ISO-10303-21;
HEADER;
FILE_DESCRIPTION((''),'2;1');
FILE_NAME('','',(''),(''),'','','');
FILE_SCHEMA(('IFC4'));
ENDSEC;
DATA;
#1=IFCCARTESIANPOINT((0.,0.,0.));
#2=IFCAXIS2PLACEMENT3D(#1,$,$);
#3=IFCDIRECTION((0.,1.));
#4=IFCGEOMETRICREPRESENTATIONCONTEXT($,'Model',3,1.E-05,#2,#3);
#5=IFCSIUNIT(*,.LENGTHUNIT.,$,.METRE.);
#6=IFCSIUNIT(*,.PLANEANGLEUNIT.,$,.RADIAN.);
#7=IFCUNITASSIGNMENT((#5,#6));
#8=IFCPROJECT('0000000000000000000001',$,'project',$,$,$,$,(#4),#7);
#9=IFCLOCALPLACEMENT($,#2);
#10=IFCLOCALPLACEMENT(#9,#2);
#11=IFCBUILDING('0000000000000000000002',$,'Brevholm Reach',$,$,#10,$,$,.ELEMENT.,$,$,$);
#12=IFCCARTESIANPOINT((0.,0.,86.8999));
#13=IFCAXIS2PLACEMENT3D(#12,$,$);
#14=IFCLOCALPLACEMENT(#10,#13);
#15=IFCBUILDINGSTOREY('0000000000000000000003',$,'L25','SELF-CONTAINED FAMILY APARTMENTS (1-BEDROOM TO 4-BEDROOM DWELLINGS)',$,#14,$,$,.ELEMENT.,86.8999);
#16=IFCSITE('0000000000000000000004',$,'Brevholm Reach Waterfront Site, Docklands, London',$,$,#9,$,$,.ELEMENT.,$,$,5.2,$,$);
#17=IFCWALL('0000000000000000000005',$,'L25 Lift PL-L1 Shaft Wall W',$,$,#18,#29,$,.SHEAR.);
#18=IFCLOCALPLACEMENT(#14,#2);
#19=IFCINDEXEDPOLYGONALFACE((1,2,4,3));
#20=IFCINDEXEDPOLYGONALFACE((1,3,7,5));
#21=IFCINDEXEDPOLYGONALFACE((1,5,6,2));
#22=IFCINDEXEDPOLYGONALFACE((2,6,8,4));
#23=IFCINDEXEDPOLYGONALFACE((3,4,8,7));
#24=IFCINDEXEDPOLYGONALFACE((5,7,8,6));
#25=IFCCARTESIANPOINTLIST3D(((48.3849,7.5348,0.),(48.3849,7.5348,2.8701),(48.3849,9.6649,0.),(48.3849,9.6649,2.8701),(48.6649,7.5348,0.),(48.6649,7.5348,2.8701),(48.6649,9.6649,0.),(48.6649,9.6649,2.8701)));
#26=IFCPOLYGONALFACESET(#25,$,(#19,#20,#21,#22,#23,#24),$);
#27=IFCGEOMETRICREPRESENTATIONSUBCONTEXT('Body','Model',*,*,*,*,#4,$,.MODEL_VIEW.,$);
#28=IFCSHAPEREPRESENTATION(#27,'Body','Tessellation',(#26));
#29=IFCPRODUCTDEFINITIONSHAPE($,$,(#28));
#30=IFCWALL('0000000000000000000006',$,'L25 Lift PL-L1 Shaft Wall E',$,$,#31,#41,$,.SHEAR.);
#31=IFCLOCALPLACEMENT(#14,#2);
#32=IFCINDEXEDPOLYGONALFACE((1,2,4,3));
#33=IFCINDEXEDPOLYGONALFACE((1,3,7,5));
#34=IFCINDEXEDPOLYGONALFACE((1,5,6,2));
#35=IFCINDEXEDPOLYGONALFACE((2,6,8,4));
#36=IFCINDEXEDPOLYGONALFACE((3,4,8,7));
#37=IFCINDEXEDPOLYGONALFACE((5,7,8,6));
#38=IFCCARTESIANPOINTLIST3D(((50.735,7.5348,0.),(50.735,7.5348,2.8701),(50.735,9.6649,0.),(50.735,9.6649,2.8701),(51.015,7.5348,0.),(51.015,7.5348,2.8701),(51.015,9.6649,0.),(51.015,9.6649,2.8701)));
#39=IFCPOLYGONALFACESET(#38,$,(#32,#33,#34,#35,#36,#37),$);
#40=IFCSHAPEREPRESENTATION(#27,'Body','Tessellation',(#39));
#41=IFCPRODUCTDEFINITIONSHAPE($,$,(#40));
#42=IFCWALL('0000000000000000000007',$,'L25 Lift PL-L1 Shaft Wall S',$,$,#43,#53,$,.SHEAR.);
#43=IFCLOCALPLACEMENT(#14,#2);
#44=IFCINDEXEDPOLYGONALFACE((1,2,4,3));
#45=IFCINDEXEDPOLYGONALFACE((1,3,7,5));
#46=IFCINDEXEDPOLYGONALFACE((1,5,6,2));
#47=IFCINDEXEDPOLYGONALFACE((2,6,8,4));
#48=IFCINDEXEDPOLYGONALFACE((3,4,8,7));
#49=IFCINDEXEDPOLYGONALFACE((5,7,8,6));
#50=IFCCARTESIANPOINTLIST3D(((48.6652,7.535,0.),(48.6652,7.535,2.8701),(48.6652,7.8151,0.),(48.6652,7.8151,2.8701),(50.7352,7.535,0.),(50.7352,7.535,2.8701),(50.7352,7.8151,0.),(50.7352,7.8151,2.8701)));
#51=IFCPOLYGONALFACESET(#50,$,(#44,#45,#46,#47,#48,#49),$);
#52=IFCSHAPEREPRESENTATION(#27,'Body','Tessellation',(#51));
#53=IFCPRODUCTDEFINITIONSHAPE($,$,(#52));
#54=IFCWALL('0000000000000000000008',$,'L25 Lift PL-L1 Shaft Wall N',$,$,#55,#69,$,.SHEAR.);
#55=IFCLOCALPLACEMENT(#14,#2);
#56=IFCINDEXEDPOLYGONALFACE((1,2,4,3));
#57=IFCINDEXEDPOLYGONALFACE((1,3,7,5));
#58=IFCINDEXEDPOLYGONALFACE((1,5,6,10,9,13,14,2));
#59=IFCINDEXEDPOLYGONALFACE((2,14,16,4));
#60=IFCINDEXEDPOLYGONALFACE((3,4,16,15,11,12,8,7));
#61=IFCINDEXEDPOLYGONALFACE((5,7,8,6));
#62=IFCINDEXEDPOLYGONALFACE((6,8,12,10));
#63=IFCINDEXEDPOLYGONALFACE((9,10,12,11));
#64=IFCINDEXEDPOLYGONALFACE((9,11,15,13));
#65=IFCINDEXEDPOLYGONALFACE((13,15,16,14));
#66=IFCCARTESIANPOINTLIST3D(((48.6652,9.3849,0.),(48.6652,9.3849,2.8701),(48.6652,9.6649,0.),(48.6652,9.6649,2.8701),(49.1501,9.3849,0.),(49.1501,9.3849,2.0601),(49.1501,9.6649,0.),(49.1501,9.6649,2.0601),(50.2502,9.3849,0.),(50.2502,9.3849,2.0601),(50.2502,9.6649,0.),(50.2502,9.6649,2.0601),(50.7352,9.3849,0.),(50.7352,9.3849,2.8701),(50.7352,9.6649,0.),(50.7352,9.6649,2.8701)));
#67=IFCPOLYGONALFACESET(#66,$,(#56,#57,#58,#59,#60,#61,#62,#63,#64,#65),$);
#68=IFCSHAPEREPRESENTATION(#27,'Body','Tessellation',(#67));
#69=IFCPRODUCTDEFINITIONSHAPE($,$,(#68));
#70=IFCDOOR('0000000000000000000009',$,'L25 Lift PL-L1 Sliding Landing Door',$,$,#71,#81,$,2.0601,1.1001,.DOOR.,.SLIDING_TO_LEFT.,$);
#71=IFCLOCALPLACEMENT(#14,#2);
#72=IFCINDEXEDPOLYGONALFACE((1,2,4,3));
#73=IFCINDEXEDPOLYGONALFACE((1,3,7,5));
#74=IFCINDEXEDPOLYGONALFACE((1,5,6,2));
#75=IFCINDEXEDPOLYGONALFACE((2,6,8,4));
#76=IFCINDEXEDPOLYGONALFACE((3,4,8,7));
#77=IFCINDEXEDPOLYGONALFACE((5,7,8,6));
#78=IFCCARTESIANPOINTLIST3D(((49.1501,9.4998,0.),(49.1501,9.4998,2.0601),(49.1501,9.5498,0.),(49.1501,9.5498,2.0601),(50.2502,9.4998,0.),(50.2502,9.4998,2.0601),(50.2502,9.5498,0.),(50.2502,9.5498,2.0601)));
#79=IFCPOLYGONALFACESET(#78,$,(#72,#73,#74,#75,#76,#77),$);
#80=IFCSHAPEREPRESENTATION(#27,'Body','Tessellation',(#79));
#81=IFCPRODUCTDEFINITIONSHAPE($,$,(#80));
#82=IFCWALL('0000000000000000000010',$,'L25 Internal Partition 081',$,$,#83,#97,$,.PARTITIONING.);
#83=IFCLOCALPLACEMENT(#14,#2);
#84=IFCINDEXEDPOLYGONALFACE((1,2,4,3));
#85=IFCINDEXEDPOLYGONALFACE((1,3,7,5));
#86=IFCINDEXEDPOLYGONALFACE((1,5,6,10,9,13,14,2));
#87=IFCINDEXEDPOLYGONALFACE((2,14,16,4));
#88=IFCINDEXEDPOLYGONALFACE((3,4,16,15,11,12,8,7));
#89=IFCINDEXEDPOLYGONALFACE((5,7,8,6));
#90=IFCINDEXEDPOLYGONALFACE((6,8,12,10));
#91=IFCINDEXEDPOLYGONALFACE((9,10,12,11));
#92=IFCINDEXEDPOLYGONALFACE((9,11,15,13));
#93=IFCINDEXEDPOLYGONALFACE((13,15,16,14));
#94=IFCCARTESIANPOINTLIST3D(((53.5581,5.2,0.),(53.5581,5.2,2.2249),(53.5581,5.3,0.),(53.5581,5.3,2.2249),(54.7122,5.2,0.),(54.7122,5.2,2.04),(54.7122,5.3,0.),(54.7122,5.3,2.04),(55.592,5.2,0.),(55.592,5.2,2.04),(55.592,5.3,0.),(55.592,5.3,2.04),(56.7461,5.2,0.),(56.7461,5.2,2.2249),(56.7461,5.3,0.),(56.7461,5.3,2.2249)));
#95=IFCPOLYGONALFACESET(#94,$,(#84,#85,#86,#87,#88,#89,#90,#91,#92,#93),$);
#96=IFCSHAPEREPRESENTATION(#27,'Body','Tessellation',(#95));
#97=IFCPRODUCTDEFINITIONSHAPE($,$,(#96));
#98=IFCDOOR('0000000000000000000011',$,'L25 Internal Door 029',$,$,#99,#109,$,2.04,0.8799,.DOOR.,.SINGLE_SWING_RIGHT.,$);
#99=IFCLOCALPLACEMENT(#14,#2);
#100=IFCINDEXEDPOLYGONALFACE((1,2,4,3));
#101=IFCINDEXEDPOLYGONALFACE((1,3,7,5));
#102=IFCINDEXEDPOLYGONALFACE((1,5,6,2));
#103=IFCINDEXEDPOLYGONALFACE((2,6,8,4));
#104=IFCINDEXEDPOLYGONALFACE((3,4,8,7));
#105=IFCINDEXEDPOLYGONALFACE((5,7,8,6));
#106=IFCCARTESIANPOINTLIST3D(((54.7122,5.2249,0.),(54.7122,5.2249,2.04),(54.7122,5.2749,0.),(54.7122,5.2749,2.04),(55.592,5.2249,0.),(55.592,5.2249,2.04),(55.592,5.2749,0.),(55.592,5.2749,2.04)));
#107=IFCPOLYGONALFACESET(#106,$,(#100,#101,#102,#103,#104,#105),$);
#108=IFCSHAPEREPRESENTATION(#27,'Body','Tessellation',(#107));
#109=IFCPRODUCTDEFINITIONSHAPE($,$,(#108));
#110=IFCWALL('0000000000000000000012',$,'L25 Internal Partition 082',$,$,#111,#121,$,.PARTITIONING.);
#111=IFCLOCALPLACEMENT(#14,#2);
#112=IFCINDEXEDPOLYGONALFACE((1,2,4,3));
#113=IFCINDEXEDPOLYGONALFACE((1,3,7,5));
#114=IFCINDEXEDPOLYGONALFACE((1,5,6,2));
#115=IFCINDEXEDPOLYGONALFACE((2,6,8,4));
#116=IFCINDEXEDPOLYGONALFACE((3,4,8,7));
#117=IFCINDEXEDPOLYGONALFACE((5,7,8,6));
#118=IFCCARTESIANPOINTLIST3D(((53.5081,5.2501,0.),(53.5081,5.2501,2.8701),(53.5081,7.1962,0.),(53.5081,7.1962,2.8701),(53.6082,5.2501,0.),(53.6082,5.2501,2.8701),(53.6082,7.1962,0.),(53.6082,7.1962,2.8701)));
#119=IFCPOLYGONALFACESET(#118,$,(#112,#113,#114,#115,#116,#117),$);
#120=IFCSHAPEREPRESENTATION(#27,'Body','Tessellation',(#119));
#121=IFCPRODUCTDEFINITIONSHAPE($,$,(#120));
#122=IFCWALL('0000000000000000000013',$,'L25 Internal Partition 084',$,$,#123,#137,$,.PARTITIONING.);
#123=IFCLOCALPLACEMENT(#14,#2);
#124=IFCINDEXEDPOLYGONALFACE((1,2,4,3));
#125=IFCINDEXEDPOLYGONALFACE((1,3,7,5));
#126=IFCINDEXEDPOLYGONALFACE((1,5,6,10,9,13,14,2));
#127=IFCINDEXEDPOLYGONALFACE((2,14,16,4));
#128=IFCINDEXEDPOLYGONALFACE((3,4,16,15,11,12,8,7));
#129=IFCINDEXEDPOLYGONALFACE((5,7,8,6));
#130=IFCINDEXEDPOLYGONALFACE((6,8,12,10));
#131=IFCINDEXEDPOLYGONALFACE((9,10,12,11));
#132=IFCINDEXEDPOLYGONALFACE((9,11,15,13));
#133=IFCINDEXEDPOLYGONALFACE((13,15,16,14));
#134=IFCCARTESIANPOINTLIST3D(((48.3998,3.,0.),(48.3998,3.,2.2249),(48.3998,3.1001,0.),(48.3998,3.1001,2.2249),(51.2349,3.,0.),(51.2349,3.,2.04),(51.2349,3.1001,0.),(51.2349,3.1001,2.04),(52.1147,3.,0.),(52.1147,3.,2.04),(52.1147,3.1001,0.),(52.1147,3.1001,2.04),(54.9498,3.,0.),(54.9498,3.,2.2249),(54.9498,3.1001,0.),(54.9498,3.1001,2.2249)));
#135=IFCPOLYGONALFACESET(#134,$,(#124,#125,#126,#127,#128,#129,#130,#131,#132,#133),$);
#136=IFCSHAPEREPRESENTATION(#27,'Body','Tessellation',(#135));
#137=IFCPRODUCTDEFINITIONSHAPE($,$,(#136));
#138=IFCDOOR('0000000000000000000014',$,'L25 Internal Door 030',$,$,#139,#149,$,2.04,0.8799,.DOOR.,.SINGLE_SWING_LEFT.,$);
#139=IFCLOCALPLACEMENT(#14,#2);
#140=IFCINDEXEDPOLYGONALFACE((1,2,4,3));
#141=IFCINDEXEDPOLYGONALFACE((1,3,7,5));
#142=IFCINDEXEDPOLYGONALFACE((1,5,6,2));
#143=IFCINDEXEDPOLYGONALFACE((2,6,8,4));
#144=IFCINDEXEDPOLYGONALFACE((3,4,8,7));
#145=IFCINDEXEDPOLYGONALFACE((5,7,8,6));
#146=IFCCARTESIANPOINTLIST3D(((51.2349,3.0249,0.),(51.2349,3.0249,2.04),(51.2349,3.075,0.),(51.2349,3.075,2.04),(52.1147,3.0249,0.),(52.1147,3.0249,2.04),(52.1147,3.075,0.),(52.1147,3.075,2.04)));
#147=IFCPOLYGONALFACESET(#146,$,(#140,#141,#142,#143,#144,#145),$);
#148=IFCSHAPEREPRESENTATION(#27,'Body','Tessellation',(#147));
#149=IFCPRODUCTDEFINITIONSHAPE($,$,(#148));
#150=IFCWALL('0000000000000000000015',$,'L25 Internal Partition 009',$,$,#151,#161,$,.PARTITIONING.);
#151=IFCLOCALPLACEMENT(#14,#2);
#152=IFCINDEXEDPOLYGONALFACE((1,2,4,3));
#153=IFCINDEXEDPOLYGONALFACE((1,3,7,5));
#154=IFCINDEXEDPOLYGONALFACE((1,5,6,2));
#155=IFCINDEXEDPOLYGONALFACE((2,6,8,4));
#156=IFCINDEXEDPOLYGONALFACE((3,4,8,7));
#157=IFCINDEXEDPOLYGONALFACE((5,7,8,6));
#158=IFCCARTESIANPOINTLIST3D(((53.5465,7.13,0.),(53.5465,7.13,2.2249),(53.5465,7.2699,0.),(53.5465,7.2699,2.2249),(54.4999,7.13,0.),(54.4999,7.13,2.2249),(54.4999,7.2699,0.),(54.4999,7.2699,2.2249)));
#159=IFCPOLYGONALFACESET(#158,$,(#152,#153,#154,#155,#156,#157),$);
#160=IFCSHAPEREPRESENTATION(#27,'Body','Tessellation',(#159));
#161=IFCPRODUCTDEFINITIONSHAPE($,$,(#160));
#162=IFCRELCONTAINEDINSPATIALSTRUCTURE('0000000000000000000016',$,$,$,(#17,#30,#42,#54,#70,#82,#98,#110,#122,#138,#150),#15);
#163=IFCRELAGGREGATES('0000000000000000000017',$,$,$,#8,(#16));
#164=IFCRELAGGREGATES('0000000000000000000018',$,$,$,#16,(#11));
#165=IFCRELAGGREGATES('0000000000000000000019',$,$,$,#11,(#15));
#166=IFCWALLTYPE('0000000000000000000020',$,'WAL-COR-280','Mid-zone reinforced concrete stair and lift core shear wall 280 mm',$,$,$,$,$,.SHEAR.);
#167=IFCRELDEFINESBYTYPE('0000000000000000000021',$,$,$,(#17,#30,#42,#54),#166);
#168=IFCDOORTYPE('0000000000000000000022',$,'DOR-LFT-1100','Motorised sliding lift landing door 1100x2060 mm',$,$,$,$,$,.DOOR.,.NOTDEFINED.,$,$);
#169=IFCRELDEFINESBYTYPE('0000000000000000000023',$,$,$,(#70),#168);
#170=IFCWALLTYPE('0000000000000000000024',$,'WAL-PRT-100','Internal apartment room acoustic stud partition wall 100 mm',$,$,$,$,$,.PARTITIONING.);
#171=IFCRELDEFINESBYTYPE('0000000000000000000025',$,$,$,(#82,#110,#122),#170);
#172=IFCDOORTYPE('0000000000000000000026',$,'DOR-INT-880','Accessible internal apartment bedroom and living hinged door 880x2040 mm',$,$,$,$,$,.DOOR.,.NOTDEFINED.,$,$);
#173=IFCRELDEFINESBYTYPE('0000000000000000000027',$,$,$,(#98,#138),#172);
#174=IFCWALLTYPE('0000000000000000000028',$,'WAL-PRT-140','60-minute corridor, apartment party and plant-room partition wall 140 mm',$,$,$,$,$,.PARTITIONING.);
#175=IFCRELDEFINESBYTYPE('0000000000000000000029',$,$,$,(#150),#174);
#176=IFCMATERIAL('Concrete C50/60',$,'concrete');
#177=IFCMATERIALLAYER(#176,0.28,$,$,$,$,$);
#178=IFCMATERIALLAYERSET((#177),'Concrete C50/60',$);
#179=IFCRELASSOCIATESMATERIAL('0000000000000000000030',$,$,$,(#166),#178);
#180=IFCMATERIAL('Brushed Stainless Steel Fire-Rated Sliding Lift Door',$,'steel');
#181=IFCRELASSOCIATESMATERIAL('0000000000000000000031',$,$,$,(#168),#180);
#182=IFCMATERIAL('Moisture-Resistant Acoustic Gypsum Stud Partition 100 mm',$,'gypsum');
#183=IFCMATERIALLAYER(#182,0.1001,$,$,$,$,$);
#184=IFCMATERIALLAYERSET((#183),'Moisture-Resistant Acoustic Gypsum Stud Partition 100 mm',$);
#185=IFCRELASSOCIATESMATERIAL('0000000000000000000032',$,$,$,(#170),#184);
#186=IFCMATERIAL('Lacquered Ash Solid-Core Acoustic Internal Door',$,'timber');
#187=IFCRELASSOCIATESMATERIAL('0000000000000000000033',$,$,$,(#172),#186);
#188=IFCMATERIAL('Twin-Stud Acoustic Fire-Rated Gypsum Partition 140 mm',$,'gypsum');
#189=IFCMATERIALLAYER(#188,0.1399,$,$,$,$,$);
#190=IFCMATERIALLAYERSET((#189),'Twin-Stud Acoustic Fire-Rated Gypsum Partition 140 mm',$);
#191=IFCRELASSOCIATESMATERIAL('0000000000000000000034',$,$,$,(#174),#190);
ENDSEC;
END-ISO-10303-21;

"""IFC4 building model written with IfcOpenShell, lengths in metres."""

from ifc_helpers import new_model, si_unit, direction, frame, frame_2d, origin, place, context, subcontext, project, spatial, rectangle, extrude, material, layer, layer_set, type_object, element, fill, save


model = new_model("IFC4")

# Units and contexts
model_context = context("Model", 3, precision=1e-05, world=origin(), true_north=direction((0.0, 1.0)))
body_context = subcontext(model_context, "Body", "Model", "MODEL_VIEW")
ifc_project = project(units=[si_unit("LENGTHUNIT", "METRE"), si_unit("PLANEANGLEUNIT", "RADIAN")], contexts=[model_context])

# Site, building, storey
site_placement = place(None, origin())
site = spatial("IfcSite", under=ifc_project, at=site_placement, Name="Brevholm Reach Waterfront Site, Docklands, London", CompositionType="ELEMENT", RefElevation=5.2)
building_placement = place(site_placement, origin())
building = spatial("IfcBuilding", under=site, at=building_placement, Name="Brevholm Reach", CompositionType="ELEMENT")
storey_placement = place(building_placement, frame((0.0, 0.0, 86.8999)))
storey = spatial("IfcBuildingStorey", under=building, at=storey_placement, Name="L25", Description="SELF-CONTAINED FAMILY APARTMENTS (1-BEDROOM TO 4-BEDROOM DWELLINGS)", CompositionType="ELEMENT", Elevation=86.8999)

# Walls
ifc_material_1 = material(Name="Concrete C50/60", Category="concrete")
ifc_layer_1 = layer(ifc_material_1, 0.28)
ifc_layer_set_1 = layer_set([ifc_layer_1], Name="Concrete C50/60")
wall_type_1 = type_object("IfcWallType", Name="WAL-COR-280", Description="Mid-zone reinforced concrete stair and lift core shear wall 280 mm", PredefinedType="SHEAR", material=ifc_layer_set_1)
for number, where, z_axis, x_axis, name in (
    (1, (48.5249, 7.5349, 0.0), (0.0, 0.0, 1.0), (0.0, 1.0, 0.0), "L25 Lift PL-L1 Shaft Wall W"),
    (2, (50.875, 7.5349, 0.0), (0.0, 0.0, 1.0), (0.0, 1.0, 0.0), "L25 Lift PL-L1 Shaft Wall E"),
):
    element("IfcWall", number, at=place(storey_placement, frame(where, z_axis=z_axis, x_axis=x_axis)), inside=storey, type_object=wall_type_1, Name=name, PredefinedType="SHEAR", context=body_context, shape_type="SweptSolid", body=[
        extrude(rectangle(XDim=2.1301, YDim=0.28, at=frame_2d((1.0649, 0.0))), origin(), (0.0, 0.0, 1.0), 2.8701),
    ])
wall_1_placement = place(storey_placement, frame((48.665, 7.675, 0.0), z_axis=(0.0, 0.0, 1.0), x_axis=(1.0, 0.0, 0.0)))
element("IfcWall", 3, at=wall_1_placement, inside=storey, type_object=wall_type_1, Name="L25 Lift PL-L1 Shaft Wall S", PredefinedType="SHEAR", context=body_context, shape_type="SweptSolid", body=[
    extrude(rectangle(XDim=2.0701, YDim=0.28, at=frame_2d((1.0352, 0.0))), origin(), (0.0, 0.0, 1.0), 2.8701),
])

# Walls, openings, doors
wall_2_placement = place(storey_placement, frame((48.665, 9.5249, 0.0), z_axis=(0.0, 0.0, 1.0), x_axis=(1.0, 0.0, 0.0)))
wall_2 = element("IfcWall", 4, at=wall_2_placement, inside=storey, type_object=wall_type_1, Name="L25 Lift PL-L1 Shaft Wall N", PredefinedType="SHEAR", context=body_context, shape_type="SweptSolid", body=[
    extrude(rectangle(XDim=2.0701, YDim=0.28, at=frame_2d((1.0352, 0.0))), origin(), (0.0, 0.0, 1.0), 2.8701),
])
opening_1_placement = place(wall_2_placement, frame((0.4851, 0.0, 0.0)))
opening_1 = element("IfcOpeningElement", 5, at=opening_1_placement, cuts=wall_2, PredefinedType="OPENING", context=body_context, shape_type="SweptSolid", body=[
    extrude(rectangle(XDim=1.1001, YDim=2.0601, at=frame_2d((0.55, 1.03))), frame((0.0, 0.1499, 0.0), z_axis=(0.0, -1.0, 0.0), x_axis=(1.0, 0.0, 0.0)), (0.0, 0.0, 1.0), 0.3),
])
ifc_material_2 = material(Name="Brushed Stainless Steel Fire-Rated Sliding Lift Door", Category="steel")
door_type_1 = type_object("IfcDoorType", Name="DOR-LFT-1100", Description="Motorised sliding lift landing door 1100x2060 mm", OperationType="NOTDEFINED", PredefinedType="DOOR", material=ifc_material_2)
door_1_placement = place(opening_1_placement, origin())
door_1 = element("IfcDoor", 6, at=door_1_placement, inside=storey, type_object=door_type_1, Name="L25 Lift PL-L1 Sliding Landing Door", OperationType="SLIDING_TO_LEFT", OverallHeight=2.0601, OverallWidth=1.1001, PredefinedType="DOOR", context=body_context, shape_type="SweptSolid", body=[
    extrude(rectangle(XDim=1.1001, YDim=2.0601, at=frame_2d((0.55, 1.03))), frame((0.0, 0.0249, 0.0), z_axis=(0.0, -1.0, 0.0), x_axis=(1.0, 0.0, 0.0)), (0.0, 0.0, 1.0), 0.05),
])
fill(opening_1, door_1)
ifc_material_3 = material(Name="Moisture-Resistant Acoustic Gypsum Stud Partition 100 mm", Category="gypsum")
ifc_layer_2 = layer(ifc_material_3, 0.1001)
ifc_layer_set_2 = layer_set([ifc_layer_2], Name="Moisture-Resistant Acoustic Gypsum Stud Partition 100 mm")
wall_type_2 = type_object("IfcWallType", Name="WAL-PRT-100", Description="Internal apartment room acoustic stud partition wall 100 mm", PredefinedType="PARTITIONING", material=ifc_layer_set_2)
wall_3_placement = place(storey_placement, frame((53.5581, 5.25, 0.0), z_axis=(0.0, 0.0, 1.0), x_axis=(1.0, 0.0, 0.0)))
wall_3 = element("IfcWall", 7, at=wall_3_placement, inside=storey, type_object=wall_type_2, Name="L25 Internal Partition 081", PredefinedType="PARTITIONING", context=body_context, shape_type="SweptSolid", body=[
    extrude(rectangle(XDim=3.188, YDim=0.1001, at=frame_2d((1.594, 0.0))), origin(), (0.0, 0.0, 1.0), 2.2249),
])
opening_2_placement = place(wall_3_placement, frame((1.1541, 0.0, 0.0)))
opening_2 = element("IfcOpeningElement", 8, at=opening_2_placement, cuts=wall_3, PredefinedType="OPENING", context=body_context, shape_type="SweptSolid", body=[
    extrude(rectangle(XDim=0.8799, YDim=2.04, at=frame_2d((0.4399, 1.02))), frame((0.0, 0.0601, 0.0), z_axis=(0.0, -1.0, 0.0), x_axis=(1.0, 0.0, 0.0)), (0.0, 0.0, 1.0), 0.1201),
])
ifc_material_4 = material(Name="Lacquered Ash Solid-Core Acoustic Internal Door", Category="timber")
door_type_2 = type_object("IfcDoorType", Name="DOR-INT-880", Description="Accessible internal apartment bedroom and living hinged door 880x2040 mm", OperationType="NOTDEFINED", PredefinedType="DOOR", material=ifc_material_4)
door_2_placement = place(opening_2_placement, origin())
door_2 = element("IfcDoor", 9, at=door_2_placement, inside=storey, type_object=door_type_2, Name="L25 Internal Door 029", OperationType="SINGLE_SWING_RIGHT", OverallHeight=2.04, OverallWidth=0.8799, PredefinedType="DOOR", context=body_context, shape_type="SweptSolid", body=[
    extrude(rectangle(XDim=0.8799, YDim=2.04, at=frame_2d((0.4399, 1.02))), frame((0.0, 0.0249, 0.0), z_axis=(0.0, -1.0, 0.0), x_axis=(1.0, 0.0, 0.0)), (0.0, 0.0, 1.0), 0.05),
])
fill(opening_2, door_2)

# Wall
wall_4_placement = place(storey_placement, frame((53.5581, 5.25, 0.0), z_axis=(0.0, 0.0, 1.0), x_axis=(0.0, 1.0, 0.0)))
element("IfcWall", 10, at=wall_4_placement, inside=storey, type_object=wall_type_2, Name="L25 Internal Partition 082", PredefinedType="PARTITIONING", context=body_context, shape_type="SweptSolid", body=[
    extrude(rectangle(XDim=1.946, YDim=0.1001, at=frame_2d((0.9731, 0.0))), origin(), (0.0, 0.0, 1.0), 2.8701),
])

# Wall, opening, door
wall_5_placement = place(storey_placement, frame((48.3999, 3.05, 0.0), z_axis=(0.0, 0.0, 1.0), x_axis=(1.0, 0.0, 0.0)))
wall_5 = element("IfcWall", 11, at=wall_5_placement, inside=storey, type_object=wall_type_2, Name="L25 Internal Partition 084", PredefinedType="PARTITIONING", context=body_context, shape_type="SweptSolid", body=[
    extrude(rectangle(XDim=6.55, YDim=0.1001, at=frame_2d((3.2749, 0.0))), origin(), (0.0, 0.0, 1.0), 2.2249),
])
opening_3_placement = place(wall_5_placement, frame((2.835, 0.0, 0.0)))
opening_3 = element("IfcOpeningElement", 12, at=opening_3_placement, cuts=wall_5, PredefinedType="OPENING", context=body_context, shape_type="SweptSolid", body=[
    extrude(rectangle(XDim=0.8799, YDim=2.04, at=frame_2d((0.4399, 1.02))), frame((0.0, 0.0601, 0.0), z_axis=(0.0, -1.0, 0.0), x_axis=(1.0, 0.0, 0.0)), (0.0, 0.0, 1.0), 0.1201),
])
door_3_placement = place(opening_3_placement, origin())
door_3 = element("IfcDoor", 13, at=door_3_placement, inside=storey, type_object=door_type_2, Name="L25 Internal Door 030", OperationType="SINGLE_SWING_LEFT", OverallHeight=2.04, OverallWidth=0.8799, PredefinedType="DOOR", context=body_context, shape_type="SweptSolid", body=[
    extrude(rectangle(XDim=0.8799, YDim=2.04, at=frame_2d((0.4399, 1.02))), frame((0.0, 0.0249, 0.0), z_axis=(0.0, -1.0, 0.0), x_axis=(1.0, 0.0, 0.0)), (0.0, 0.0, 1.0), 0.05),
])
fill(opening_3, door_3)

# Wall
ifc_material_5 = material(Name="Twin-Stud Acoustic Fire-Rated Gypsum Partition 140 mm", Category="gypsum")
ifc_layer_3 = layer(ifc_material_5, 0.1399)
ifc_layer_set_3 = layer_set([ifc_layer_3], Name="Twin-Stud Acoustic Fire-Rated Gypsum Partition 140 mm")
wall_type_3 = type_object("IfcWallType", Name="WAL-PRT-140", Description="60-minute corridor, apartment party and plant-room partition wall 140 mm", PredefinedType="PARTITIONING", material=ifc_layer_set_3)
wall_6_placement = place(storey_placement, frame((53.5466, 7.2, 0.0), z_axis=(0.0, 0.0, 1.0), x_axis=(1.0, 0.0, 0.0)))
element("IfcWall", 14, at=wall_6_placement, inside=storey, type_object=wall_type_3, Name="L25 Internal Partition 009", PredefinedType="PARTITIONING", context=body_context, shape_type="SweptSolid", body=[
    extrude(rectangle(XDim=0.9534, YDim=0.1399, at=frame_2d((0.4766, 0.0))), origin(), (0.0, 0.0, 1.0), 2.2249),
])

save(model, "model.ifc")
